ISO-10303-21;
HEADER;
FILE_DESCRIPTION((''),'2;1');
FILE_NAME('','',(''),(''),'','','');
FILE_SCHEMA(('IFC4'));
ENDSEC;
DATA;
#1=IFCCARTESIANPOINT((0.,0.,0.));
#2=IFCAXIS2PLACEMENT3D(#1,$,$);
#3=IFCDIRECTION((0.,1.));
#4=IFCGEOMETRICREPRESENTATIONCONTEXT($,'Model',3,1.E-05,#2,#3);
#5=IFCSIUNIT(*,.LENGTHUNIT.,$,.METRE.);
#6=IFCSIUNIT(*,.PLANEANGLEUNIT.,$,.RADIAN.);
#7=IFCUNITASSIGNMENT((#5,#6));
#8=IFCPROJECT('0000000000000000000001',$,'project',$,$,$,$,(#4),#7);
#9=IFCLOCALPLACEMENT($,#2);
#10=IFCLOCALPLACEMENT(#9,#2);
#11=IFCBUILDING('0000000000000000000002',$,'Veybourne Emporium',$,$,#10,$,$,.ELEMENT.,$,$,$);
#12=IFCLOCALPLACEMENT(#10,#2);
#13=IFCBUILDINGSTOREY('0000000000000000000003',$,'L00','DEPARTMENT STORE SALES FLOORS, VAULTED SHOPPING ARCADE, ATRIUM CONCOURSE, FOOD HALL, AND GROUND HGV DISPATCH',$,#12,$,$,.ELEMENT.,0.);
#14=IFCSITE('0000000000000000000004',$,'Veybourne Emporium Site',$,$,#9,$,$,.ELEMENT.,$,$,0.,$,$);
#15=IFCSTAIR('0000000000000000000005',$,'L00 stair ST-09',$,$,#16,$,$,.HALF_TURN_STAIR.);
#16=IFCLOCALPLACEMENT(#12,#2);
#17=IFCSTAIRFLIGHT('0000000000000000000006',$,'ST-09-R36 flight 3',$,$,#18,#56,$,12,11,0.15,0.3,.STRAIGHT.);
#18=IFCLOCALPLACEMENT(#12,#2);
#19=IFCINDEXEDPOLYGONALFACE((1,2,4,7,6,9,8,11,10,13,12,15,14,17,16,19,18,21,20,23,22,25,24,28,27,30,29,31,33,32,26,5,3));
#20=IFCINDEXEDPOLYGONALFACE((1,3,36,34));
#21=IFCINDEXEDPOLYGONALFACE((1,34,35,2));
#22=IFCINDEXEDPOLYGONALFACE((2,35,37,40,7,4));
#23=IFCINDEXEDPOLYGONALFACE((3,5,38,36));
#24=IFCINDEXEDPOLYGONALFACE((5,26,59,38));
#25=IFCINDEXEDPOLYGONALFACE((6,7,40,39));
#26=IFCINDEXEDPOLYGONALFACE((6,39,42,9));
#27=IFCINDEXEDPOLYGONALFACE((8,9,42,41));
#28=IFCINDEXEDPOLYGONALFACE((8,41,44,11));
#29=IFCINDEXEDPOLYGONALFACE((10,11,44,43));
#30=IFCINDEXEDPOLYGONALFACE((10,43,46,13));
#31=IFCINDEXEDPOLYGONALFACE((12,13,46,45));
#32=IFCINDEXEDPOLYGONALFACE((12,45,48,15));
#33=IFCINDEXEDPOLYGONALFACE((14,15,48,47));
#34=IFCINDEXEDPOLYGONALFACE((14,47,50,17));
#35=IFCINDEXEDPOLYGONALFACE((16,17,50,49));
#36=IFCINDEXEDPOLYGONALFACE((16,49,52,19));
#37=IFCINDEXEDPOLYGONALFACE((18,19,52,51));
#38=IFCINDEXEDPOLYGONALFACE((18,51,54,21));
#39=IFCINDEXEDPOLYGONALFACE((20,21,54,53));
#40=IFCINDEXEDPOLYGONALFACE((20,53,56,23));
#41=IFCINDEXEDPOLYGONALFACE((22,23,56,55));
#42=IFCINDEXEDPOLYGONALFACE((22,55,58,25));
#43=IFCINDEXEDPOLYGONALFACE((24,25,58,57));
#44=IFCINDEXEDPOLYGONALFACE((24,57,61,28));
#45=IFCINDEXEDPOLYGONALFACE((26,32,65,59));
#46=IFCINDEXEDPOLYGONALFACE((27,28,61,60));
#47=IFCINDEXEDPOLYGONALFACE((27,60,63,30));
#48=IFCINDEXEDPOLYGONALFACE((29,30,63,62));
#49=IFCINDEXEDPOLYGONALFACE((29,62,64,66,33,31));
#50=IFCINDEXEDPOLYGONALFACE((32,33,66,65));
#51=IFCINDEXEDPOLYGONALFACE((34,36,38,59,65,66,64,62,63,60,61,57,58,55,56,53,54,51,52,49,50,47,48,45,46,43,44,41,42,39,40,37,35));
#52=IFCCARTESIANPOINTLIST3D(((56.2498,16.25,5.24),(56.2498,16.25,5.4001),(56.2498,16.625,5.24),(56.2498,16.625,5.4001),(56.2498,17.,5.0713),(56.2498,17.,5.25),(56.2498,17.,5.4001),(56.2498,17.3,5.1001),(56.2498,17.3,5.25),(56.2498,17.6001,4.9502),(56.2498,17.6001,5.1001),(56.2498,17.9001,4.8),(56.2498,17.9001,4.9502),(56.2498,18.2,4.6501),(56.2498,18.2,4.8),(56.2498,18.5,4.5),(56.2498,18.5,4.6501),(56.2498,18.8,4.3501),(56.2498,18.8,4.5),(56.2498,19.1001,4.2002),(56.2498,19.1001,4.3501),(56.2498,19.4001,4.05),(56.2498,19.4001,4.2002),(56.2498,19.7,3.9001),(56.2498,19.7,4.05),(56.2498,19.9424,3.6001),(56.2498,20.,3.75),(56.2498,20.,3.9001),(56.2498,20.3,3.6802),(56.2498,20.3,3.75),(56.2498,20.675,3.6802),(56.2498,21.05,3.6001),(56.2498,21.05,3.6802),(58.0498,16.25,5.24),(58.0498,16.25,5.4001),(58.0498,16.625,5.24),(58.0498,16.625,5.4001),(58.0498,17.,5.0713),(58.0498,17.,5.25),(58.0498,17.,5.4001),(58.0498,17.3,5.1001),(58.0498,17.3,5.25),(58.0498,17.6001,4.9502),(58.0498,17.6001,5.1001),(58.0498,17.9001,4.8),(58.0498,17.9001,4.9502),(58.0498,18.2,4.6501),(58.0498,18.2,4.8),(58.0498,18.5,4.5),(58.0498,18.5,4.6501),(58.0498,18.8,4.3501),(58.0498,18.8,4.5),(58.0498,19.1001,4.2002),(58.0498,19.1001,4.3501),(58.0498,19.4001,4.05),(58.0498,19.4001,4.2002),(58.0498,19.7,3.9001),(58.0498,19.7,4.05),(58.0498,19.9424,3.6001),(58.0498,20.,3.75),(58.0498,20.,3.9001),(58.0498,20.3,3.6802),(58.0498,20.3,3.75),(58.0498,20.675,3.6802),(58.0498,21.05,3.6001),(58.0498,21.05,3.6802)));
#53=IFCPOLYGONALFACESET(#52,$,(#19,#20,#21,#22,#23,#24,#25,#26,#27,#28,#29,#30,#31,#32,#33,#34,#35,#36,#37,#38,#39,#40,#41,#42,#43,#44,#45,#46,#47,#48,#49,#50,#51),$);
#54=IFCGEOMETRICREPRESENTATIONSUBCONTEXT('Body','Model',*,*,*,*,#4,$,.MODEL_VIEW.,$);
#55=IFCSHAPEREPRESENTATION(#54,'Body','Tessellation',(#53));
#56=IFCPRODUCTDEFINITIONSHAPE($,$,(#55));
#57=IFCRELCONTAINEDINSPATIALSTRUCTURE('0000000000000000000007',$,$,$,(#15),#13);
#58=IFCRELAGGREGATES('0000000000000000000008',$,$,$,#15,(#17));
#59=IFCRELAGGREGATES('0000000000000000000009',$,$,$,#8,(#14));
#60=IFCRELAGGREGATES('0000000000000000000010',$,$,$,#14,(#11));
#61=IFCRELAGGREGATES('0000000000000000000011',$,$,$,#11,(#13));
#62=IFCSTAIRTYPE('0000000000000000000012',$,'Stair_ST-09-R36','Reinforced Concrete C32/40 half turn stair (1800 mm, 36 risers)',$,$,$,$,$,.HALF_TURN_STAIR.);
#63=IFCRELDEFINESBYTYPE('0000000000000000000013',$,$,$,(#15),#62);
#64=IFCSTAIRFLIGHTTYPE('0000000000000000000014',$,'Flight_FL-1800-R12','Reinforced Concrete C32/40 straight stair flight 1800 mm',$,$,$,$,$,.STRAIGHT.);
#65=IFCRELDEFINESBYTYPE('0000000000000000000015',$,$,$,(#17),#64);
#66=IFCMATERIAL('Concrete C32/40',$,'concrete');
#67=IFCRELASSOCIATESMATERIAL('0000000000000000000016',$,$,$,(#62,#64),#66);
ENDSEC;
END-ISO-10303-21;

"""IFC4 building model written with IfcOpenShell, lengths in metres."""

from ifc_helpers import new_model, si_unit, direction, frame, origin, place, context, subcontext, project, spatial, polyline, outline, extrude, material, type_object, element, aggregate, save


model = new_model("IFC4")

# Units and contexts
model_context = context("Model", 3, precision=1e-05, world=origin(), true_north=direction((0.0, 1.0)))
body_context = subcontext(model_context, "Body", "Model", "MODEL_VIEW")
ifc_project = project(units=[si_unit("LENGTHUNIT", "METRE"), si_unit("PLANEANGLEUNIT", "RADIAN")], contexts=[model_context])

# Site, building, storey
site_placement = place(None, origin())
site = spatial("IfcSite", under=ifc_project, at=site_placement, Name="Veybourne Emporium Site", CompositionType="ELEMENT", RefElevation=0.0)
building_placement = place(site_placement, origin())
building = spatial("IfcBuilding", under=site, at=building_placement, Name="Veybourne Emporium", CompositionType="ELEMENT")
storey_placement = place(building_placement, origin())
storey = spatial("IfcBuildingStorey", under=building, at=storey_placement, Name="L00", Description="DEPARTMENT STORE SALES FLOORS, VAULTED SHOPPING ARCADE, ATRIUM CONCOURSE, FOOD HALL, AND GROUND HGV DISPATCH", CompositionType="ELEMENT", Elevation=0.0)

# Shared definitions
ifc_material_1 = material(Name="Concrete C32/40", Category="concrete")

# Stair, stair flight
stair_type = type_object("IfcStairType", Name="Stair_ST-09-R36", Description="Reinforced Concrete C32/40 half turn stair (1800 mm, 36 risers)", PredefinedType="HALF_TURN_STAIR", material=ifc_material_1)
stair_placement = place(storey_placement, origin())
stair = element("IfcStair", 1, at=stair_placement, inside=storey, type_object=stair_type, Name="L00 stair ST-09", PredefinedType="HALF_TURN_STAIR")
stair_flight_type = type_object("IfcStairFlightType", Name="Flight_FL-1800-R12", Description="Reinforced Concrete C32/40 straight stair flight 1800 mm", PredefinedType="STRAIGHT", material=ifc_material_1)
stair_flight_1_placement = place(storey_placement, frame((57.1499, 20.3, 3.6001), z_axis=(0.0, 0.0, 1.0), x_axis=(0.0, -1.0, 0.0)))
stair_flight_1 = element("IfcStairFlight", 2, at=stair_flight_1_placement, type_object=stair_flight_type, Name="ST-09-R36 flight 3", NumberOfRisers=12, NumberOfTreads=11, PredefinedType="STRAIGHT", RiserHeight=0.15, TreadLength=0.3, context=body_context, shape_type="SweptSolid", body=[
    extrude(outline(polyline([(-0.75, 0.0), (-0.75, 0.0801), (-0.375, 0.0801), (0.0, 0.0801), (0.0, 0.1499), (0.3, 0.1499), (0.3, 0.3), (0.6001, 0.3), (0.6001, 0.45), (0.8999, 0.45), (0.8999, 0.6001), (1.2, 0.6001), (1.2, 0.75), (1.5, 0.75), (1.5, 0.8999), (1.8, 0.8999), (1.8, 1.05), (2.1001, 1.05), (2.1001, 1.2), (2.3999, 1.2), (2.3999, 1.3501), (2.7, 1.3501), (2.7, 1.5), (3.0, 1.5), (3.0, 1.6499), (3.3, 1.6499), (3.3, 1.8), (3.675, 1.8), (4.05, 1.8), (4.05, 1.6399), (3.675, 1.6399), (3.3, 1.4712), (0.3577, 0.0), (-0.75, 0.0)])), frame((0.0, 0.8999, 0.0), z_axis=(0.0, -1.0, 0.0), x_axis=(1.0, 0.0, 0.0)), (0.0, 0.0, 1.0), 1.8),
])
aggregate(stair, [stair_flight_1])

save(model, "model.ifc")
